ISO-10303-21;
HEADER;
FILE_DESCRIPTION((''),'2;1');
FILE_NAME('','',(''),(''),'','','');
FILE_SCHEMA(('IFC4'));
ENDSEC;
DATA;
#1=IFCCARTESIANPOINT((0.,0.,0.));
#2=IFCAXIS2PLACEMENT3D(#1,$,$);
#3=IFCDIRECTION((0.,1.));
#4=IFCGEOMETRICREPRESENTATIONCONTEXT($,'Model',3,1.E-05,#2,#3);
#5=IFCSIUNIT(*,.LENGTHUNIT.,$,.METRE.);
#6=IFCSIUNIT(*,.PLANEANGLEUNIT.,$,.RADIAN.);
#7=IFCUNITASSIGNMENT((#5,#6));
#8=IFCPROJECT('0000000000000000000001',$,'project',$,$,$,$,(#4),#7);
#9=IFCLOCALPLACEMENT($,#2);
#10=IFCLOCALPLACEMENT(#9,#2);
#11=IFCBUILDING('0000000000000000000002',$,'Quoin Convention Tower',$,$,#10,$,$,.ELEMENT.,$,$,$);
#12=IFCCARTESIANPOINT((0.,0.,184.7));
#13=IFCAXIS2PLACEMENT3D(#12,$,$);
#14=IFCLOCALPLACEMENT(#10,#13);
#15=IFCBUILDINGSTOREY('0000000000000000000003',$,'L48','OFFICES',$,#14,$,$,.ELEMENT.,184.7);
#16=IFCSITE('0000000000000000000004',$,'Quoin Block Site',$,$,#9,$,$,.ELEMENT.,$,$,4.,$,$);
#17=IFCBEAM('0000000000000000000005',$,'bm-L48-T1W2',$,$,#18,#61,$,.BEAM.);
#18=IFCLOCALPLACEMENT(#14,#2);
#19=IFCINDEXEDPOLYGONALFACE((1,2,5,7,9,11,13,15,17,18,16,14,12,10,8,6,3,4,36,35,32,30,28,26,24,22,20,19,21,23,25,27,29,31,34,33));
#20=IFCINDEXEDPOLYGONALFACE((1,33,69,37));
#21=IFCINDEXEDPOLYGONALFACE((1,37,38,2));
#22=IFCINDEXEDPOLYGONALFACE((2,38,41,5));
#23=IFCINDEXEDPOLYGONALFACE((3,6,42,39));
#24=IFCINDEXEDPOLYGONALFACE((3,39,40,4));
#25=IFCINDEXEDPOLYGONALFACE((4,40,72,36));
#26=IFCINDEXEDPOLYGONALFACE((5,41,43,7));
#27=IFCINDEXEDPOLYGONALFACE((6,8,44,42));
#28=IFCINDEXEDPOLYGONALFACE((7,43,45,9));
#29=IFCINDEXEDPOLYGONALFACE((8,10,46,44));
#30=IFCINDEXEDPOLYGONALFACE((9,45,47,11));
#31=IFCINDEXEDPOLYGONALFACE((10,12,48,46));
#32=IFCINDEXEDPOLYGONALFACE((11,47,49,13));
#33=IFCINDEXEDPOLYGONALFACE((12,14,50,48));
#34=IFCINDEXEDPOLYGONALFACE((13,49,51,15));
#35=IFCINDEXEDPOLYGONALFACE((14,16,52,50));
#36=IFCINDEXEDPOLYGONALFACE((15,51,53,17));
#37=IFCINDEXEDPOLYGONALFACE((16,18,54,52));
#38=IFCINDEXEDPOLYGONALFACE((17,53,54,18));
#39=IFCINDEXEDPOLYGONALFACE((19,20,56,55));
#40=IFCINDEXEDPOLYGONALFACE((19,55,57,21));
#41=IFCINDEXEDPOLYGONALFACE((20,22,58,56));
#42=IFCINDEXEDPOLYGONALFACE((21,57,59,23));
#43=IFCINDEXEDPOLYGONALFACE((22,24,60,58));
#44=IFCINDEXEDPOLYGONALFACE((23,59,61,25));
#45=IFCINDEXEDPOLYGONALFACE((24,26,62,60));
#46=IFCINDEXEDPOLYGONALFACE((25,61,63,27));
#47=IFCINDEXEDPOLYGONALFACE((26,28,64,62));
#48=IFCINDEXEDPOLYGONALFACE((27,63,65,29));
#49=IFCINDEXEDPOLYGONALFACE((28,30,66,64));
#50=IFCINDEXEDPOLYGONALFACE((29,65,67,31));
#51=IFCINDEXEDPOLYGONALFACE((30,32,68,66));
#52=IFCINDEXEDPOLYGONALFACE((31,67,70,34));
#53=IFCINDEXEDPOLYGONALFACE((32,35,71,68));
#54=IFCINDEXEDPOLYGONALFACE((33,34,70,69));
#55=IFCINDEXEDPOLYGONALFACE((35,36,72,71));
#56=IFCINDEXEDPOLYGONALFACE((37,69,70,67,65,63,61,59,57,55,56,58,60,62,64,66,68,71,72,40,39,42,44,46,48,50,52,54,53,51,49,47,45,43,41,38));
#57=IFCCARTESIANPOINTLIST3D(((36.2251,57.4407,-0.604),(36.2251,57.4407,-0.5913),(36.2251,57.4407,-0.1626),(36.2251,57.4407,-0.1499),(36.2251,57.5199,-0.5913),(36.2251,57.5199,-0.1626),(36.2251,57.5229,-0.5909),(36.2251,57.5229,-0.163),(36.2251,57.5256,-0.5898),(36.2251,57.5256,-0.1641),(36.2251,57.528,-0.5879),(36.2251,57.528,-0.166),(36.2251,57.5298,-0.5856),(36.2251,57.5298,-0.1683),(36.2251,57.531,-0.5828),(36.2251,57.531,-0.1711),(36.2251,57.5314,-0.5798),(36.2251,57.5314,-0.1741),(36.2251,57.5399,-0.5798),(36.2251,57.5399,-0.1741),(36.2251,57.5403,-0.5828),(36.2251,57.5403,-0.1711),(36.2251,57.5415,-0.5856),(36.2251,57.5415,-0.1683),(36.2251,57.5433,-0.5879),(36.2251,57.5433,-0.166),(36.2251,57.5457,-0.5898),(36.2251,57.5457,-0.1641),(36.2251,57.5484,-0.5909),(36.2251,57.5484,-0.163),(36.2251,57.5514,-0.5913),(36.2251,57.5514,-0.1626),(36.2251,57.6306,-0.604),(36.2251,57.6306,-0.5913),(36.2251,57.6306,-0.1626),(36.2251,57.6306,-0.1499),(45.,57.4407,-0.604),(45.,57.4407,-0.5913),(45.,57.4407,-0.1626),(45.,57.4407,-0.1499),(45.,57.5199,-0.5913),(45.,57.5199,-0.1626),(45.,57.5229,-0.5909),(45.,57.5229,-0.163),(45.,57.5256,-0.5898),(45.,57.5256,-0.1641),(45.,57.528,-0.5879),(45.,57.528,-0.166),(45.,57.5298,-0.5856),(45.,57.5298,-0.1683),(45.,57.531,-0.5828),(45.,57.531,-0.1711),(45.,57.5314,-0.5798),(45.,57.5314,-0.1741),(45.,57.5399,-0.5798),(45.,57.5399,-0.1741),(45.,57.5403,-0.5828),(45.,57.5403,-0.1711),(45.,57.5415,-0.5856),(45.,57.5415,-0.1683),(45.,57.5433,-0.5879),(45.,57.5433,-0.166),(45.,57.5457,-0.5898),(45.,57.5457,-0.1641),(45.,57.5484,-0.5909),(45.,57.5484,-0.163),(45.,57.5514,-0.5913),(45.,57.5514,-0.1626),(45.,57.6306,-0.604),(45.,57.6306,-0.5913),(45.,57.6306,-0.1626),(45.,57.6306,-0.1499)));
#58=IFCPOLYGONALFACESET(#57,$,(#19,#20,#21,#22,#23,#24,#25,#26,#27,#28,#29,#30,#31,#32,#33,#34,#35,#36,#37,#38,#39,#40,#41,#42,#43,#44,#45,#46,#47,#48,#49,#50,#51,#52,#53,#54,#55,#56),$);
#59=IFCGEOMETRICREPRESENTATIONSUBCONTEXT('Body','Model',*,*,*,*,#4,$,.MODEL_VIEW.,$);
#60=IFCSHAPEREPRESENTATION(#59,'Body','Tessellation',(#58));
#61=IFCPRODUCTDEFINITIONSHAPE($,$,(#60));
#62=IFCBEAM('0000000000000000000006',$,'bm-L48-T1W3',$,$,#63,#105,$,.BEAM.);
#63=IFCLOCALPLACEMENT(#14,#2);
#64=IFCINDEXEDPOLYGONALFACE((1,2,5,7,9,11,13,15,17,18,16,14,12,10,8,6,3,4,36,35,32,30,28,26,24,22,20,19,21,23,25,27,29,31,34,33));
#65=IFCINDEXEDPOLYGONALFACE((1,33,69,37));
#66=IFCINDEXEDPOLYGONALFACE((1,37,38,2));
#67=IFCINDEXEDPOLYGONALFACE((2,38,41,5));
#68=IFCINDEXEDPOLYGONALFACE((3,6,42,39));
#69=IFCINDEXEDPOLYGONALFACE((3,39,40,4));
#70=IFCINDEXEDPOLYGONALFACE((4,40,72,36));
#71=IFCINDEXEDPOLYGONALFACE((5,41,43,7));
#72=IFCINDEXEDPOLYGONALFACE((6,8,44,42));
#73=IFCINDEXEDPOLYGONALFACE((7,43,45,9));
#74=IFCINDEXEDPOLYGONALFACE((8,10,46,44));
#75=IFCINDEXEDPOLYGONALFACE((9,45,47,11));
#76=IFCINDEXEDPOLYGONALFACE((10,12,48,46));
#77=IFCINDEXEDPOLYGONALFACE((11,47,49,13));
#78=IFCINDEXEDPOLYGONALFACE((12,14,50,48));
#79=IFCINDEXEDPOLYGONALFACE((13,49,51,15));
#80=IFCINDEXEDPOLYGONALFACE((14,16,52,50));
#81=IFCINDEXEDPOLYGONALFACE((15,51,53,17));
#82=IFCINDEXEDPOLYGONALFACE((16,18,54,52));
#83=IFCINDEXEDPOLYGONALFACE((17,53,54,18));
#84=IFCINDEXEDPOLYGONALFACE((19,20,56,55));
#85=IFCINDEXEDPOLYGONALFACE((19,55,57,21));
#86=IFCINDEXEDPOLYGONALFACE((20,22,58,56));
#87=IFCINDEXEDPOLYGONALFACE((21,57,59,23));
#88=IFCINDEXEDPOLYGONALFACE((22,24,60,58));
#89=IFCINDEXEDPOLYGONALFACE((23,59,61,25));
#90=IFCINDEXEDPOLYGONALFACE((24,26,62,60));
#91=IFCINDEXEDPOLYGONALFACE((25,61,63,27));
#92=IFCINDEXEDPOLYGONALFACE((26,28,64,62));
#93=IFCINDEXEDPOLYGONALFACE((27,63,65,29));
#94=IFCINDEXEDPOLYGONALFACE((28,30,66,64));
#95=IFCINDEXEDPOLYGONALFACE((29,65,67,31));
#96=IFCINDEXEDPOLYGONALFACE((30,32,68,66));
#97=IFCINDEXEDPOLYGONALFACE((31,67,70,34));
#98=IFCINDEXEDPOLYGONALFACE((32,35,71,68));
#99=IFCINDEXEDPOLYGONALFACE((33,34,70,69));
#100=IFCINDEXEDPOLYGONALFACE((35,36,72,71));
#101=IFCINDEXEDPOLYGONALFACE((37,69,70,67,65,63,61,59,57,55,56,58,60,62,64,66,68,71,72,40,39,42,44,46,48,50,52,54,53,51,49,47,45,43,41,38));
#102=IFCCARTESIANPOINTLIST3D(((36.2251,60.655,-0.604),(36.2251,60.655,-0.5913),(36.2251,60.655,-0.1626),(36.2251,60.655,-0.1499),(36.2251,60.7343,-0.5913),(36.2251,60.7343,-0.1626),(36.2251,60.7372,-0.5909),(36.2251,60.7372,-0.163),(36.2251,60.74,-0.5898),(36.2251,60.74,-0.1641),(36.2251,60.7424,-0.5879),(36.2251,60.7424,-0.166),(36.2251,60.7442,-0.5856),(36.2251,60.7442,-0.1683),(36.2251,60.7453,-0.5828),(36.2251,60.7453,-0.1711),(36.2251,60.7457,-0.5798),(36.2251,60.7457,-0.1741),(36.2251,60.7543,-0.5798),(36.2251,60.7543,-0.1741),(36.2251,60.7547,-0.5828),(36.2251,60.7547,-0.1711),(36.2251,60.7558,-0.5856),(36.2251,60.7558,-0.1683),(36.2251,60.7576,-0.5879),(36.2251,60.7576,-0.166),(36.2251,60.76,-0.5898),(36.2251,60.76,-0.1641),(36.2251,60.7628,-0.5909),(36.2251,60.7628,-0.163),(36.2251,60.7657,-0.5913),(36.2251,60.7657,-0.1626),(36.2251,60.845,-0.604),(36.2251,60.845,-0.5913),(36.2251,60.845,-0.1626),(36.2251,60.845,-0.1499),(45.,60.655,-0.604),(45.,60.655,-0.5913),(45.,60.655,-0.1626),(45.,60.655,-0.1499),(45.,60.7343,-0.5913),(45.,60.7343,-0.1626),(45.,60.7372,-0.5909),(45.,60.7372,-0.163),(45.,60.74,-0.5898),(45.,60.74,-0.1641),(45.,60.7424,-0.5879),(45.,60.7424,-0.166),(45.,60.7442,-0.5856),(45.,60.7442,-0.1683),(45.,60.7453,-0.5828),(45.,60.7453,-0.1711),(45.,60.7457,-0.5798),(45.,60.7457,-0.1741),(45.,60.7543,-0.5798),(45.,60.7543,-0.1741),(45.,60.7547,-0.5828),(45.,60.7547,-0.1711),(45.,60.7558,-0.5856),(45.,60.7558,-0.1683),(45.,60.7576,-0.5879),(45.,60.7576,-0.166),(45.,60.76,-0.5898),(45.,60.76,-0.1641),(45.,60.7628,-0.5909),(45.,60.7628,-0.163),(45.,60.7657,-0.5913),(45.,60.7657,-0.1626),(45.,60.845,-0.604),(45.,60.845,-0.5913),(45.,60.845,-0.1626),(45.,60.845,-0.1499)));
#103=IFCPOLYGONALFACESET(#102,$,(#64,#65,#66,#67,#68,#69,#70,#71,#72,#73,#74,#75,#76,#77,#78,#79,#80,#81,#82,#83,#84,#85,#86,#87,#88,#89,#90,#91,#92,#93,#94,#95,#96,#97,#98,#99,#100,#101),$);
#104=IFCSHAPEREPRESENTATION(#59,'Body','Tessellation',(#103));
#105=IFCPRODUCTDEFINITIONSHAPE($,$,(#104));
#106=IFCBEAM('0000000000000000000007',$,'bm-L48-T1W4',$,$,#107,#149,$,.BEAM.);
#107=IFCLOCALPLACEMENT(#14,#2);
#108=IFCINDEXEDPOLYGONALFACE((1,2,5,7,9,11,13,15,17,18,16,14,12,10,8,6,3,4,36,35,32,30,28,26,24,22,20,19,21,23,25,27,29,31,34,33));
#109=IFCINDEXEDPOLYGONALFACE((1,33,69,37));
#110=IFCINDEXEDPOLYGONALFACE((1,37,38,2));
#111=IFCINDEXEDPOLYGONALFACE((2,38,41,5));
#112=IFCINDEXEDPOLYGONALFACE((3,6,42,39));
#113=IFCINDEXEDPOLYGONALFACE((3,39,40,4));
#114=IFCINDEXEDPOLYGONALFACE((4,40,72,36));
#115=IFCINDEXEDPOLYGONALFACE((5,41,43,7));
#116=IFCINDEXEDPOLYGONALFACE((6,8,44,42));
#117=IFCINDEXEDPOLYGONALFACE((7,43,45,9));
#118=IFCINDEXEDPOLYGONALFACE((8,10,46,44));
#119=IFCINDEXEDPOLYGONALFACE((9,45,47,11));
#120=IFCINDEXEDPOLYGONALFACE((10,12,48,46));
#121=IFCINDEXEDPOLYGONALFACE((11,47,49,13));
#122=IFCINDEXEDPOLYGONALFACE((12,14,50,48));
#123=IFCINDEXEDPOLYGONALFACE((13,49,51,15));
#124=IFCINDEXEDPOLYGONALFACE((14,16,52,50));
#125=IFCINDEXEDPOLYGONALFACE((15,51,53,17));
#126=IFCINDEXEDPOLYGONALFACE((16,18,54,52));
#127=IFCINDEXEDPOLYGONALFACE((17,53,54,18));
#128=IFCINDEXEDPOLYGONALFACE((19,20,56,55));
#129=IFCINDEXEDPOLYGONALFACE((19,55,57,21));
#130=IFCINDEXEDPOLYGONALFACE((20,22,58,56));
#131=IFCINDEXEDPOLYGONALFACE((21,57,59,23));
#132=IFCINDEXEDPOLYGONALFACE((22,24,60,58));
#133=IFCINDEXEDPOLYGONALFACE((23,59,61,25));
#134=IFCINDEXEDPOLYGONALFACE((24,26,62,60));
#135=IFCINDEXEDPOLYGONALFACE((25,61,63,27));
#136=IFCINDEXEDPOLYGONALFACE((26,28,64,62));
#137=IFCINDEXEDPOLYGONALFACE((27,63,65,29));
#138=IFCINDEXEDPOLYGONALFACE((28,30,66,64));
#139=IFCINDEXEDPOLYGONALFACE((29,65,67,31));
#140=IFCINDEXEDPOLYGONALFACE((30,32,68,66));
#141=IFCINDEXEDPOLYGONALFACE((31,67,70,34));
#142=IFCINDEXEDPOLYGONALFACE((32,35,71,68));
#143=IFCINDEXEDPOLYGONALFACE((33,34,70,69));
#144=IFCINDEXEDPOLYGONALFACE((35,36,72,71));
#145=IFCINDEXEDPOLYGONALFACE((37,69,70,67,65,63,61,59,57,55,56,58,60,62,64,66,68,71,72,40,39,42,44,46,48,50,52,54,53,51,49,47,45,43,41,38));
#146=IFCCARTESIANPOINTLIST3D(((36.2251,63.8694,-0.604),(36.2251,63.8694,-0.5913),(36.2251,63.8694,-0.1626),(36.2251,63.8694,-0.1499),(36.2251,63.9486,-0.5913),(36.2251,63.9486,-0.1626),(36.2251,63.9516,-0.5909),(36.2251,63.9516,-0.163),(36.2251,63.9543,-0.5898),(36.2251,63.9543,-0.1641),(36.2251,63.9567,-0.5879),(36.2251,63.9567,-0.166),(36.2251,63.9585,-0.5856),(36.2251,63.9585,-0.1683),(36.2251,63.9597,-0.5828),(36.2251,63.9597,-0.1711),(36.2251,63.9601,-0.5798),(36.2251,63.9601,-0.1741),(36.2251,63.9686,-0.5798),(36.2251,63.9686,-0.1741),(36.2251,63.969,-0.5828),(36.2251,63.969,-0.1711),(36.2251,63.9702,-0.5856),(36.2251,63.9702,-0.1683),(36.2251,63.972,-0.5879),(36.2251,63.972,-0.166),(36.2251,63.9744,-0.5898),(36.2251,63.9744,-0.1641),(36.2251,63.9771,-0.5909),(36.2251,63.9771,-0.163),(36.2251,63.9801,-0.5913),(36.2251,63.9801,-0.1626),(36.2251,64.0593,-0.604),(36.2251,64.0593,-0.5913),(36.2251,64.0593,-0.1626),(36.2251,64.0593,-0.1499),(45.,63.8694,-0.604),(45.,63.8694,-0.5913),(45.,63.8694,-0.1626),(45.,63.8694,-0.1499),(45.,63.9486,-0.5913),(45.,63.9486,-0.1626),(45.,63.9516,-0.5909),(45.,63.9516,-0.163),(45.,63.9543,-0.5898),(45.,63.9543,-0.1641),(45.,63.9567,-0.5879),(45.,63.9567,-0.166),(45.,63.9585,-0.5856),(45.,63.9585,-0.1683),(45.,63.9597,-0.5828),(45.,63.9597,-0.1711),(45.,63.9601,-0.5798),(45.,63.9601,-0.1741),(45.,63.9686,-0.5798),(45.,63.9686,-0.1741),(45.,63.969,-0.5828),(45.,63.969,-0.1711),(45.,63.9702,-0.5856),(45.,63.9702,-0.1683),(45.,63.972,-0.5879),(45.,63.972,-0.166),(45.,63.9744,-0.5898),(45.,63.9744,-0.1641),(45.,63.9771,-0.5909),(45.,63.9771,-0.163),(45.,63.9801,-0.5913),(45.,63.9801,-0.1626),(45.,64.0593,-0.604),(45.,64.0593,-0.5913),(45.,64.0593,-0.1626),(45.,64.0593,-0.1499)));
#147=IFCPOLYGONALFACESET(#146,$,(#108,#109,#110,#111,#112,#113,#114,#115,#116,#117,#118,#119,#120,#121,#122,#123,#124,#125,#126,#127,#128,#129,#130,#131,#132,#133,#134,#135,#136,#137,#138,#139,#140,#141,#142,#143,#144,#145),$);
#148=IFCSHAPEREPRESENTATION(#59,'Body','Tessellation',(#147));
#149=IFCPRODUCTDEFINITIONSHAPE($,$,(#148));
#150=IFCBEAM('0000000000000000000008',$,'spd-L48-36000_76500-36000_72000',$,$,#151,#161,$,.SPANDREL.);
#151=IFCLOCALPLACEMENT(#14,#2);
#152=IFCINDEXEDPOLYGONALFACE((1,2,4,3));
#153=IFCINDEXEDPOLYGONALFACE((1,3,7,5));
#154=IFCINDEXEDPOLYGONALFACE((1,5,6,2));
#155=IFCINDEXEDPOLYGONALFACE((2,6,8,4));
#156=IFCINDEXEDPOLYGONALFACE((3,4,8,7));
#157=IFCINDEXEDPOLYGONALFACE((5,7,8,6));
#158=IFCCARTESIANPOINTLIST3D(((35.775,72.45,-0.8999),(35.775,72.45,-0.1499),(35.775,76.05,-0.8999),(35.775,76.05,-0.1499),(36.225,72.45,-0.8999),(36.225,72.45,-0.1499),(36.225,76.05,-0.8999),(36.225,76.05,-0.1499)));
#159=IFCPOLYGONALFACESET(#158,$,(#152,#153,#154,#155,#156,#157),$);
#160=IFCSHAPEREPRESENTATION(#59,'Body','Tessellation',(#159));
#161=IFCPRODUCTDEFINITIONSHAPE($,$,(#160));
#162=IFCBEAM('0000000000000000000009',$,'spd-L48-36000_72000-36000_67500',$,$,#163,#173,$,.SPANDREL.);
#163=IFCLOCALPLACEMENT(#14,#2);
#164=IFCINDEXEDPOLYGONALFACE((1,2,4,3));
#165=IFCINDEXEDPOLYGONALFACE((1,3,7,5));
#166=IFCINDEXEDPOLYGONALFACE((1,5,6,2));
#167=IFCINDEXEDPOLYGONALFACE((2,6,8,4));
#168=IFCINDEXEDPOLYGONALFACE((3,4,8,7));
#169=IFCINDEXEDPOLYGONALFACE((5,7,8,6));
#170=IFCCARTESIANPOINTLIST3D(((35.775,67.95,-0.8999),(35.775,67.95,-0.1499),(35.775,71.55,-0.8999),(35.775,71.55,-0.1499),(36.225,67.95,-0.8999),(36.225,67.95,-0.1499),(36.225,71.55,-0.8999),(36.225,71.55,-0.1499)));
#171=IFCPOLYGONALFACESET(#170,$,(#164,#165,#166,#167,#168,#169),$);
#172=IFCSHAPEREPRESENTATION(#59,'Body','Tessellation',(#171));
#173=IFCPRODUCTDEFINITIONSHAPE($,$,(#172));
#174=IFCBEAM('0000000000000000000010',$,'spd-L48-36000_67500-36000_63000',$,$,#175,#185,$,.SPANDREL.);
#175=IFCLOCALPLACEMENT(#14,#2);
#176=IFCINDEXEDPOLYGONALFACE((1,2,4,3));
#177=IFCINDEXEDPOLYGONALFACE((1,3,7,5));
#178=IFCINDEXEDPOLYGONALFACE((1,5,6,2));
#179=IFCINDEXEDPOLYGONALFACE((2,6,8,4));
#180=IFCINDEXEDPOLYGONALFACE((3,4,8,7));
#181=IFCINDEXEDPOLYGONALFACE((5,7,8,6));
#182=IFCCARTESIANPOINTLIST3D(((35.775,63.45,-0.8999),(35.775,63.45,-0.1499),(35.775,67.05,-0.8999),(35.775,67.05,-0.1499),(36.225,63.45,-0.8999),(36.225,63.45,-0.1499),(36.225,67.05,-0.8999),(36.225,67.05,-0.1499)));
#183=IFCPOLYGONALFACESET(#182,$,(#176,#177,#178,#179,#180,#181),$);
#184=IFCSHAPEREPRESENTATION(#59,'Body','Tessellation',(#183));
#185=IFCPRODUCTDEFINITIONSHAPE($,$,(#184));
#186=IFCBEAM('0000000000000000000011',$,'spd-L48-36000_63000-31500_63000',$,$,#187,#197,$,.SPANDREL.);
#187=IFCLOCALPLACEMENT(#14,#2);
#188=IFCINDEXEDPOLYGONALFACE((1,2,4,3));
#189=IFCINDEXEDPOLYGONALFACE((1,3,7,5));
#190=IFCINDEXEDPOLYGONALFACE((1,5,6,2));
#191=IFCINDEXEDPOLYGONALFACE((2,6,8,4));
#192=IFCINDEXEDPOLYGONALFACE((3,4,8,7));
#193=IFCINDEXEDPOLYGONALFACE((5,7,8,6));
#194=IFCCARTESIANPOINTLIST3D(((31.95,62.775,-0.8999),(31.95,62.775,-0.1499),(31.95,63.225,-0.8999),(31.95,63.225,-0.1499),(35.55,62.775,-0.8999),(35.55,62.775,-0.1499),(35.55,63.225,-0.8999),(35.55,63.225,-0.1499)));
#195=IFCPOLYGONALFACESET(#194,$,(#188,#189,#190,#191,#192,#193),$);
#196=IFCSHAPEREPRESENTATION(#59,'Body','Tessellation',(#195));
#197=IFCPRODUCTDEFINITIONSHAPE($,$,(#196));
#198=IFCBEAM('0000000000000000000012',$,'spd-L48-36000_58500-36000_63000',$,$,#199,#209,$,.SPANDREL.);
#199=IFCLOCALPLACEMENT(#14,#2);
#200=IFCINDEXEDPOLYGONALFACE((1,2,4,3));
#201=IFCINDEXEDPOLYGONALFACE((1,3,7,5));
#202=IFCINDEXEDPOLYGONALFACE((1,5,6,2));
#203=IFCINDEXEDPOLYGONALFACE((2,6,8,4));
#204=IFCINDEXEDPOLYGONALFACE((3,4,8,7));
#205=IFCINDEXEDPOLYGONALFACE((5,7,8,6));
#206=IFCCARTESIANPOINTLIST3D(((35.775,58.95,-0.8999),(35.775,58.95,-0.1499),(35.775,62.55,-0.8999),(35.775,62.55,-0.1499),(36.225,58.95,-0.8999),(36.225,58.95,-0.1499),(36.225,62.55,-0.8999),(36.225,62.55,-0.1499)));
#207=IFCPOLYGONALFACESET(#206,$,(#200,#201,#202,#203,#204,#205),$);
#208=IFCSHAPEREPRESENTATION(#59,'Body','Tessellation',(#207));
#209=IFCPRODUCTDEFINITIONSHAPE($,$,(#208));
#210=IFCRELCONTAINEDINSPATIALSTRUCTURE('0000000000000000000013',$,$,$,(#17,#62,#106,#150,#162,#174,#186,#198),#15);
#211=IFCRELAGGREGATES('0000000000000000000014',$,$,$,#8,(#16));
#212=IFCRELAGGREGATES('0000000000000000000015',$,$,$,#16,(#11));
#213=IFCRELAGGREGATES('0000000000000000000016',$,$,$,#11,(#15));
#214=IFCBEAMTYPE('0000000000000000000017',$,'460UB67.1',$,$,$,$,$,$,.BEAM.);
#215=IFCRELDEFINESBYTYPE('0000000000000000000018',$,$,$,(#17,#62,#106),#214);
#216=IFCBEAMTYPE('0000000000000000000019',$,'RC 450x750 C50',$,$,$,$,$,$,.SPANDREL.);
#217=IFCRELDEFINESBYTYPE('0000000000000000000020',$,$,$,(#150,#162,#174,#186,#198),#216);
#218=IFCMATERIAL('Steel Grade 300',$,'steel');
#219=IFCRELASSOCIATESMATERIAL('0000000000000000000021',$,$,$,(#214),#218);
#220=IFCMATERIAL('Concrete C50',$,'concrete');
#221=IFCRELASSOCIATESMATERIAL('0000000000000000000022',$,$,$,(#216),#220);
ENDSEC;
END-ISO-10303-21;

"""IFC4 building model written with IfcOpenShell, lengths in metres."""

from ifc_helpers import new_model, si_unit, direction, frame, origin, origin_2d, place, context, subcontext, project, spatial, rectangle, i_section, extrude, material, material_profile, profile_set, type_object, element, save


model = new_model("IFC4")

# Units and contexts
model_context = context("Model", 3, precision=1e-05, world=origin(), true_north=direction((0.0, 1.0)))
body_context = subcontext(model_context, "Body", "Model", "MODEL_VIEW")
ifc_project = project(units=[si_unit("LENGTHUNIT", "METRE"), si_unit("PLANEANGLEUNIT", "RADIAN")], contexts=[model_context])

# Site, building, storey
site_placement = place(None, origin())
site = spatial("IfcSite", under=ifc_project, at=site_placement, Name="Quoin Block Site", CompositionType="ELEMENT", RefElevation=4.0)
building_placement = place(site_placement, origin())
building = spatial("IfcBuilding", under=site, at=building_placement, Name="Quoin Convention Tower", CompositionType="ELEMENT")
storey_placement = place(building_placement, frame((0.0, 0.0, 184.7)))
storey = spatial("IfcBuildingStorey", under=building, at=storey_placement, Name="L48", Description="OFFICES", CompositionType="ELEMENT", Elevation=184.7)

# Shared definitions
ifc_material_1 = material(Name="Concrete C50", Category="concrete")

# Beams
ifc_material_2 = material(Name="Steel Grade 300", Category="steel")
ifc_material_profile_1 = material_profile(ifc_material_2, i_section(OverallWidth=0.1899, OverallDepth=0.4541, WebThickness=0.0085, FlangeThickness=0.0127, FilletRadius=0.0115, at=origin_2d()), Name="460UB67.1")
ifc_profile_set_1 = profile_set([ifc_material_profile_1], Name="Steel Grade 300")
beam_type_1 = type_object("IfcBeamType", Name="460UB67.1", PredefinedType="BEAM", material=ifc_profile_set_1)
for number, where, z_axis, x_axis, name in (
    (1, (36.2251, 57.5356, -0.377), (1.0, 0.0, 0.0), (0.0, 1.0, 0.0), "bm-L48-T1W2"),
    (2, (36.2251, 60.75, -0.377), (1.0, 0.0, 0.0), (0.0, 1.0, 0.0), "bm-L48-T1W3"),
    (3, (36.2251, 63.9644, -0.377), (1.0, 0.0, 0.0), (0.0, 1.0, 0.0), "bm-L48-T1W4"),
):
    element("IfcBeam", number, at=place(storey_placement, frame(where, z_axis=z_axis, x_axis=x_axis)), inside=storey, type_object=beam_type_1, Name=name, PredefinedType="BEAM", context=body_context, shape_type="SweptSolid", body=[
        extrude(i_section(OverallWidth=0.1899, OverallDepth=0.4541, WebThickness=0.0085, FlangeThickness=0.0127, FilletRadius=0.0115, at=origin_2d()), origin(), (0.0, 0.0, 1.0), 8.7749),
    ])
ifc_material_profile_2 = material_profile(ifc_material_1, rectangle(XDim=0.45, YDim=0.75, at=origin_2d()), Name="RC 450x750")
ifc_profile_set_2 = profile_set([ifc_material_profile_2], Name="Concrete C50")
beam_type_2 = type_object("IfcBeamType", Name="RC 450x750 C50", PredefinedType="SPANDREL", material=ifc_profile_set_2)
for number, where, z_axis, x_axis, name in (
    (4, (36.0, 76.05, -0.5249), (0.0, -1.0, 0.0), (1.0, 0.0, 0.0), "spd-L48-36000_76500-36000_72000"),
    (5, (36.0, 71.55, -0.5249), (0.0, -1.0, 0.0), (1.0, 0.0, 0.0), "spd-L48-36000_72000-36000_67500"),
    (6, (36.0, 67.05, -0.5249), (0.0, -1.0, 0.0), (1.0, 0.0, 0.0), "spd-L48-36000_67500-36000_63000"),
    (7, (35.55, 63.0, -0.5249), (-1.0, 0.0, 0.0), (0.0, -1.0, 0.0), "spd-L48-36000_63000-31500_63000"),
    (8, (36.0, 58.95, -0.5249), (0.0, 1.0, 0.0), (-1.0, 0.0, 0.0), "spd-L48-36000_58500-36000_63000"),
):
    element("IfcBeam", number, at=place(storey_placement, frame(where, z_axis=z_axis, x_axis=x_axis)), inside=storey, type_object=beam_type_2, Name=name, PredefinedType="SPANDREL", context=body_context, shape_type="SweptSolid", body=[
        extrude(rectangle(XDim=0.45, YDim=0.75, at=origin_2d()), origin(), (0.0, 0.0, 1.0), 3.6001),
    ])

save(model, "model.ifc")
